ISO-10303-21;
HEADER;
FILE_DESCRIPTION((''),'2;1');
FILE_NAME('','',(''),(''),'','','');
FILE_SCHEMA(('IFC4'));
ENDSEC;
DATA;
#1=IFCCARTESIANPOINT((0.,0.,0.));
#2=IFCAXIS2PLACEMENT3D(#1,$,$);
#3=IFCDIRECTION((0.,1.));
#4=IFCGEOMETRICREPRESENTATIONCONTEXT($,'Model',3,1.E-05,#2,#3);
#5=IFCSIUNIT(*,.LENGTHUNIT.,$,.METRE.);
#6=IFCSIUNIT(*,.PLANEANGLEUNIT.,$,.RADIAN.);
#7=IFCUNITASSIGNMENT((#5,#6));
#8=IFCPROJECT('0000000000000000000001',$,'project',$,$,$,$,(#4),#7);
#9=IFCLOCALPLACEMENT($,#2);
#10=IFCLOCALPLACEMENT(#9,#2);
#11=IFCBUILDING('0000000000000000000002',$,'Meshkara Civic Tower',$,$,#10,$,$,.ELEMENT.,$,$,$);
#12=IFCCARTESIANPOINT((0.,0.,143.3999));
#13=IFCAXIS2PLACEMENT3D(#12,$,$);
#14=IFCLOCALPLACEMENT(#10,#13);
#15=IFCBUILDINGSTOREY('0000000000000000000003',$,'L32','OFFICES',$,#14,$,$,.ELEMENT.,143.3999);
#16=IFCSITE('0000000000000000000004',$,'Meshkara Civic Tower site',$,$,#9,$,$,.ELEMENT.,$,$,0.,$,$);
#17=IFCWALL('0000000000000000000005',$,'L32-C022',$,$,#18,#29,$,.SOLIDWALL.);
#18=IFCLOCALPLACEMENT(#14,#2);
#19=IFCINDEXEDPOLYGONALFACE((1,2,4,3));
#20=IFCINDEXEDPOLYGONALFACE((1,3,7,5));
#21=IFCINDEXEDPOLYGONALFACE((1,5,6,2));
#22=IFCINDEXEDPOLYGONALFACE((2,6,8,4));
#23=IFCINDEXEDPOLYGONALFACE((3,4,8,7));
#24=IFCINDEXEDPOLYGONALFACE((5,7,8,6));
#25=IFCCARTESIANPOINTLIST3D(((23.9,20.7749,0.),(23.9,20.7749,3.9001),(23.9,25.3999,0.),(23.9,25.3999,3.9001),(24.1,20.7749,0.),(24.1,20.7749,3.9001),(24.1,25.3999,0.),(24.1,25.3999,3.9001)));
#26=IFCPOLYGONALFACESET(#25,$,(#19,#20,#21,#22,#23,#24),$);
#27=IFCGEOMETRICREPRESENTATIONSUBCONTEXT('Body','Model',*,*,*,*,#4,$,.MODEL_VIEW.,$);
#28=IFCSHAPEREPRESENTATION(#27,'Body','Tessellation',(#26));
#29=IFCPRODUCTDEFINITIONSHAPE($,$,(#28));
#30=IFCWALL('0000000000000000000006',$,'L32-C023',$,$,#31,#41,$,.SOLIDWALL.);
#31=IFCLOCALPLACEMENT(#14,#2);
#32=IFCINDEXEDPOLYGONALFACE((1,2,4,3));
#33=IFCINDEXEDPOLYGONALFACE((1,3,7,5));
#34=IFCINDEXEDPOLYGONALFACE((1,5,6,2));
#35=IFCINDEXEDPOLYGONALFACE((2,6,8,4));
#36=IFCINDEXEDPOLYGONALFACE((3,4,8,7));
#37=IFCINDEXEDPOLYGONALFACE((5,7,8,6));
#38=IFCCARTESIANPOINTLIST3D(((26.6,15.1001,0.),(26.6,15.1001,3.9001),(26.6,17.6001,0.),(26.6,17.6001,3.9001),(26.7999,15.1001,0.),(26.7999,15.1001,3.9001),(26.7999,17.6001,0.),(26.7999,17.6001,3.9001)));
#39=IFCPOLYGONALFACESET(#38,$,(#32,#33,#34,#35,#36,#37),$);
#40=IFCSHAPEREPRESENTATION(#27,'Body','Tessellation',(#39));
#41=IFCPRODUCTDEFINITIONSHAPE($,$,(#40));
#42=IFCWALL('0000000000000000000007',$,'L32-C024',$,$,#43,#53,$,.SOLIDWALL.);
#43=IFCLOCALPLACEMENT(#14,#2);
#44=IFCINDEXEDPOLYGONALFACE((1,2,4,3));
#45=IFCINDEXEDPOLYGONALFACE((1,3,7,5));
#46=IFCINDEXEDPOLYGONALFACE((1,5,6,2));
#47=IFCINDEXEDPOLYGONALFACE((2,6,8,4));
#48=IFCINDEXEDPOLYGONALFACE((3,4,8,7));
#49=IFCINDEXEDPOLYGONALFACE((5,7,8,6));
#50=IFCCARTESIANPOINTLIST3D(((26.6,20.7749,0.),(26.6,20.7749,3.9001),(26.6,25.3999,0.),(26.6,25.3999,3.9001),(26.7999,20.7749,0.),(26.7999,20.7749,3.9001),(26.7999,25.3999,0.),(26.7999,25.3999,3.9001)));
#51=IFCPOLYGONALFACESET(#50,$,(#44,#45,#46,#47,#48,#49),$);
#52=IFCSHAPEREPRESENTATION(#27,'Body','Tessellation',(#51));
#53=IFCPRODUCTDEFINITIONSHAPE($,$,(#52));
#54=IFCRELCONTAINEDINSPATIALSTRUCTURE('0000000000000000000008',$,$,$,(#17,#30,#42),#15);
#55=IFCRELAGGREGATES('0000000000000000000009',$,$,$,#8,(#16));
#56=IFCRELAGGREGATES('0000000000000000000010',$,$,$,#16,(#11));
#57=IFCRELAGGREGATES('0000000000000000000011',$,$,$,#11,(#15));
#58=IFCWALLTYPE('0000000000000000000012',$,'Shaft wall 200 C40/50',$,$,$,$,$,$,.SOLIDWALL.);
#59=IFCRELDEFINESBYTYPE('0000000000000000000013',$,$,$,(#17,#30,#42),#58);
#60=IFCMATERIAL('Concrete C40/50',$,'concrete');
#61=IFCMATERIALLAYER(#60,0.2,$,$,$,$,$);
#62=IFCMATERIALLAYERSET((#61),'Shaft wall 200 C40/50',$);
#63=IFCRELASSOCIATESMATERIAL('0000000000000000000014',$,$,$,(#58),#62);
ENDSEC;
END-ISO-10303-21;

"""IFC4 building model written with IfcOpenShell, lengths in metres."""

from ifc_helpers import new_model, si_unit, direction, frame, frame_2d, origin, place, context, subcontext, project, spatial, rectangle, extrude, material, layer, layer_set, type_object, element, save


model = new_model("IFC4")

# Units and contexts
model_context = context("Model", 3, precision=1e-05, world=origin(), true_north=direction((0.0, 1.0)))
body_context = subcontext(model_context, "Body", "Model", "MODEL_VIEW")
ifc_project = project(units=[si_unit("LENGTHUNIT", "METRE"), si_unit("PLANEANGLEUNIT", "RADIAN")], contexts=[model_context])

# Site, building, storey
site_placement = place(None, origin())
site = spatial("IfcSite", under=ifc_project, at=site_placement, Name="Meshkara Civic Tower site", CompositionType="ELEMENT", RefElevation=0.0)
building_placement = place(site_placement, origin())
building = spatial("IfcBuilding", under=site, at=building_placement, Name="Meshkara Civic Tower", CompositionType="ELEMENT")
storey_placement = place(building_placement, frame((0.0, 0.0, 143.3999)))
storey = spatial("IfcBuildingStorey", under=building, at=storey_placement, Name="L32", Description="OFFICES", CompositionType="ELEMENT", Elevation=143.3999)

# Shared definitions
ifc_material_1 = material(Name="Concrete C40/50", Category="concrete")
ifc_layer_1 = layer(ifc_material_1, 0.2)
ifc_layer_set_1 = layer_set([ifc_layer_1], Name="Shaft wall 200 C40/50")
wall_type_1 = type_object("IfcWallType", Name="Shaft wall 200 C40/50", PredefinedType="SOLIDWALL", material=ifc_layer_set_1)

# Walls
wall_1_placement = place(storey_placement, frame((24.0, 20.7749, 0.0), z_axis=(0.0, 0.0, 1.0), x_axis=(0.0, 1.0, 0.0)))
element("IfcWall", 1, at=wall_1_placement, inside=storey, type_object=wall_type_1, Name="L32-C022", PredefinedType="SOLIDWALL", context=body_context, shape_type="SweptSolid", body=[
    extrude(rectangle(XDim=4.625, YDim=0.2, at=frame_2d((2.3125, 0.0))), origin(), (0.0, 0.0, 1.0), 3.9001),
])
wall_2_placement = place(storey_placement, frame((26.7, 15.1001, 0.0), z_axis=(0.0, 0.0, 1.0), x_axis=(0.0, 1.0, 0.0)))
element("IfcWall", 2, at=wall_2_placement, inside=storey, type_object=wall_type_1, Name="L32-C023", PredefinedType="SOLIDWALL", context=body_context, shape_type="SweptSolid", body=[
    extrude(rectangle(XDim=2.5, YDim=0.2, at=frame_2d((1.25, 0.0))), origin(), (0.0, 0.0, 1.0), 3.9001),
])
wall_3_placement = place(storey_placement, frame((26.7, 20.7749, 0.0), z_axis=(0.0, 0.0, 1.0), x_axis=(0.0, 1.0, 0.0)))
element("IfcWall", 3, at=wall_3_placement, inside=storey, type_object=wall_type_1, Name="L32-C024", PredefinedType="SOLIDWALL", context=body_context, shape_type="SweptSolid", body=[
    extrude(rectangle(XDim=4.625, YDim=0.2, at=frame_2d((2.3125, 0.0))), origin(), (0.0, 0.0, 1.0), 3.9001),
])

save(model, "model.ifc")
